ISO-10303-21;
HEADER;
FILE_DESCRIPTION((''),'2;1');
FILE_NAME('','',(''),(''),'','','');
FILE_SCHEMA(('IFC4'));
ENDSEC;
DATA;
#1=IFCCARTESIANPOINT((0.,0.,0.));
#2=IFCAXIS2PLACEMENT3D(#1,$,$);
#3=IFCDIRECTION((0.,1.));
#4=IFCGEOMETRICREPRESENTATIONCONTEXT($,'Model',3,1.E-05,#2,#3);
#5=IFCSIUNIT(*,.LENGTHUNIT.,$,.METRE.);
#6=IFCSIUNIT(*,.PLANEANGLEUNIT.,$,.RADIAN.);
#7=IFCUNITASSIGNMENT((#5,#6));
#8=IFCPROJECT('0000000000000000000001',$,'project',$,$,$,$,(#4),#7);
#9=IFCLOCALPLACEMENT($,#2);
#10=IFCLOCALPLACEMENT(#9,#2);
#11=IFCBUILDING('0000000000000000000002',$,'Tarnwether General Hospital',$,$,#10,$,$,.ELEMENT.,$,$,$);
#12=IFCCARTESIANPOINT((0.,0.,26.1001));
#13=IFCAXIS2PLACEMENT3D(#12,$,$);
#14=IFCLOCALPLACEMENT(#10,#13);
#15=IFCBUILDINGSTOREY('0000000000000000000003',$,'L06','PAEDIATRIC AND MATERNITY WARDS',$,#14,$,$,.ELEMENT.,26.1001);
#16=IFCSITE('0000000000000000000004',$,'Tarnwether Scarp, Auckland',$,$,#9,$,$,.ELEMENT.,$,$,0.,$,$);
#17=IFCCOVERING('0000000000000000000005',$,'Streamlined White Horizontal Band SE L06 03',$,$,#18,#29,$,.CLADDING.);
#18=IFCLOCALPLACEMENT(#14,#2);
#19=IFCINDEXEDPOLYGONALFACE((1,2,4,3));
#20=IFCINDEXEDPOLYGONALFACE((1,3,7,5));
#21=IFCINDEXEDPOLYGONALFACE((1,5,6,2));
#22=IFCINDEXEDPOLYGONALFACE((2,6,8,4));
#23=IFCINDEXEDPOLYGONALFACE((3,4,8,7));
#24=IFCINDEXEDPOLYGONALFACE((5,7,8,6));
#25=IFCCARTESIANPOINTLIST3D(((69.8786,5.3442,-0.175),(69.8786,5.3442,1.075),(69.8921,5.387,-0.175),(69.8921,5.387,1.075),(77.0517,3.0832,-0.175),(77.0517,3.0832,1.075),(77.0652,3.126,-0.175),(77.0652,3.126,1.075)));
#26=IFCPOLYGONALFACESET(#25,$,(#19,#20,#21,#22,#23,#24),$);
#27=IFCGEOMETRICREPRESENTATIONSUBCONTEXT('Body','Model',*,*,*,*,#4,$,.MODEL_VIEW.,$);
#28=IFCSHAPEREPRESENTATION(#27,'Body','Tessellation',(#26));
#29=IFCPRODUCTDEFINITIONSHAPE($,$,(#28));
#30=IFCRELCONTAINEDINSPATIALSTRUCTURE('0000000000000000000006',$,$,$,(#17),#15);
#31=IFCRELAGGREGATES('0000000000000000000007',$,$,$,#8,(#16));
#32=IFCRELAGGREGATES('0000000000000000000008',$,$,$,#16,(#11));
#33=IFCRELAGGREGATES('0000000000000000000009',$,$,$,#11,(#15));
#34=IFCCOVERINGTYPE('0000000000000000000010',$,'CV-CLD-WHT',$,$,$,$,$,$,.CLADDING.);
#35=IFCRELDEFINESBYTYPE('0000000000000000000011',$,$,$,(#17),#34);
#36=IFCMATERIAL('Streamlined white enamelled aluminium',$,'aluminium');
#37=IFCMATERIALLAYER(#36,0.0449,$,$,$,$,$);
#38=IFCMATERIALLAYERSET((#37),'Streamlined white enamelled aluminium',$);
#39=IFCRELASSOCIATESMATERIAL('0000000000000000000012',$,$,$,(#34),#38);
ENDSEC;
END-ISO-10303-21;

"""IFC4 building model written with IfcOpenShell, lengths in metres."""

from ifc_helpers import new_model, si_unit, direction, frame, origin, origin_2d, place, context, subcontext, project, spatial, rectangle, extrude, material, layer, layer_set, type_object, element, save


model = new_model("IFC4")

# Units and contexts
model_context = context("Model", 3, precision=1e-05, world=origin(), true_north=direction((0.0, 1.0)))
body_context = subcontext(model_context, "Body", "Model", "MODEL_VIEW")
ifc_project = project(units=[si_unit("LENGTHUNIT", "METRE"), si_unit("PLANEANGLEUNIT", "RADIAN")], contexts=[model_context])

# Site, building, storey
site_placement = place(None, origin())
site = spatial("IfcSite", under=ifc_project, at=site_placement, Name="Tarnwether Scarp, Auckland", CompositionType="ELEMENT", RefElevation=0.0)
building_placement = place(site_placement, origin())
building = spatial("IfcBuilding", under=site, at=building_placement, Name="Tarnwether General Hospital", CompositionType="ELEMENT")
storey_placement = place(building_placement, frame((0.0, 0.0, 26.1001)))
storey = spatial("IfcBuildingStorey", under=building, at=storey_placement, Name="L06", Description="PAEDIATRIC AND MATERNITY WARDS", CompositionType="ELEMENT", Elevation=26.1001)

# Covering
ifc_material_1 = material(Name="Streamlined white enamelled aluminium", Category="aluminium")
ifc_layer_1 = layer(ifc_material_1, 0.0449)
ifc_layer_set_1 = layer_set([ifc_layer_1], Name="Streamlined white enamelled aluminium")
covering_type = type_object("IfcCoveringType", Name="CV-CLD-WHT", PredefinedType="CLADDING", material=ifc_layer_set_1)
covering_placement = place(storey_placement, frame((73.4719, 4.2351, -0.175), z_axis=(0.0, 0.0, 1.0), x_axis=(-0.953743, 0.300623, 0.0)))
element("IfcCovering", 1, at=covering_placement, inside=storey, type_object=covering_type, Name="Streamlined White Horizontal Band SE L06 03", PredefinedType="CLADDING", context=body_context, shape_type="SweptSolid", body=[
    extrude(rectangle(XDim=7.521, YDim=0.0449, at=origin_2d()), origin(), (0.0, 0.0, 1.0), 1.25),
])

save(model, "model.ifc")
